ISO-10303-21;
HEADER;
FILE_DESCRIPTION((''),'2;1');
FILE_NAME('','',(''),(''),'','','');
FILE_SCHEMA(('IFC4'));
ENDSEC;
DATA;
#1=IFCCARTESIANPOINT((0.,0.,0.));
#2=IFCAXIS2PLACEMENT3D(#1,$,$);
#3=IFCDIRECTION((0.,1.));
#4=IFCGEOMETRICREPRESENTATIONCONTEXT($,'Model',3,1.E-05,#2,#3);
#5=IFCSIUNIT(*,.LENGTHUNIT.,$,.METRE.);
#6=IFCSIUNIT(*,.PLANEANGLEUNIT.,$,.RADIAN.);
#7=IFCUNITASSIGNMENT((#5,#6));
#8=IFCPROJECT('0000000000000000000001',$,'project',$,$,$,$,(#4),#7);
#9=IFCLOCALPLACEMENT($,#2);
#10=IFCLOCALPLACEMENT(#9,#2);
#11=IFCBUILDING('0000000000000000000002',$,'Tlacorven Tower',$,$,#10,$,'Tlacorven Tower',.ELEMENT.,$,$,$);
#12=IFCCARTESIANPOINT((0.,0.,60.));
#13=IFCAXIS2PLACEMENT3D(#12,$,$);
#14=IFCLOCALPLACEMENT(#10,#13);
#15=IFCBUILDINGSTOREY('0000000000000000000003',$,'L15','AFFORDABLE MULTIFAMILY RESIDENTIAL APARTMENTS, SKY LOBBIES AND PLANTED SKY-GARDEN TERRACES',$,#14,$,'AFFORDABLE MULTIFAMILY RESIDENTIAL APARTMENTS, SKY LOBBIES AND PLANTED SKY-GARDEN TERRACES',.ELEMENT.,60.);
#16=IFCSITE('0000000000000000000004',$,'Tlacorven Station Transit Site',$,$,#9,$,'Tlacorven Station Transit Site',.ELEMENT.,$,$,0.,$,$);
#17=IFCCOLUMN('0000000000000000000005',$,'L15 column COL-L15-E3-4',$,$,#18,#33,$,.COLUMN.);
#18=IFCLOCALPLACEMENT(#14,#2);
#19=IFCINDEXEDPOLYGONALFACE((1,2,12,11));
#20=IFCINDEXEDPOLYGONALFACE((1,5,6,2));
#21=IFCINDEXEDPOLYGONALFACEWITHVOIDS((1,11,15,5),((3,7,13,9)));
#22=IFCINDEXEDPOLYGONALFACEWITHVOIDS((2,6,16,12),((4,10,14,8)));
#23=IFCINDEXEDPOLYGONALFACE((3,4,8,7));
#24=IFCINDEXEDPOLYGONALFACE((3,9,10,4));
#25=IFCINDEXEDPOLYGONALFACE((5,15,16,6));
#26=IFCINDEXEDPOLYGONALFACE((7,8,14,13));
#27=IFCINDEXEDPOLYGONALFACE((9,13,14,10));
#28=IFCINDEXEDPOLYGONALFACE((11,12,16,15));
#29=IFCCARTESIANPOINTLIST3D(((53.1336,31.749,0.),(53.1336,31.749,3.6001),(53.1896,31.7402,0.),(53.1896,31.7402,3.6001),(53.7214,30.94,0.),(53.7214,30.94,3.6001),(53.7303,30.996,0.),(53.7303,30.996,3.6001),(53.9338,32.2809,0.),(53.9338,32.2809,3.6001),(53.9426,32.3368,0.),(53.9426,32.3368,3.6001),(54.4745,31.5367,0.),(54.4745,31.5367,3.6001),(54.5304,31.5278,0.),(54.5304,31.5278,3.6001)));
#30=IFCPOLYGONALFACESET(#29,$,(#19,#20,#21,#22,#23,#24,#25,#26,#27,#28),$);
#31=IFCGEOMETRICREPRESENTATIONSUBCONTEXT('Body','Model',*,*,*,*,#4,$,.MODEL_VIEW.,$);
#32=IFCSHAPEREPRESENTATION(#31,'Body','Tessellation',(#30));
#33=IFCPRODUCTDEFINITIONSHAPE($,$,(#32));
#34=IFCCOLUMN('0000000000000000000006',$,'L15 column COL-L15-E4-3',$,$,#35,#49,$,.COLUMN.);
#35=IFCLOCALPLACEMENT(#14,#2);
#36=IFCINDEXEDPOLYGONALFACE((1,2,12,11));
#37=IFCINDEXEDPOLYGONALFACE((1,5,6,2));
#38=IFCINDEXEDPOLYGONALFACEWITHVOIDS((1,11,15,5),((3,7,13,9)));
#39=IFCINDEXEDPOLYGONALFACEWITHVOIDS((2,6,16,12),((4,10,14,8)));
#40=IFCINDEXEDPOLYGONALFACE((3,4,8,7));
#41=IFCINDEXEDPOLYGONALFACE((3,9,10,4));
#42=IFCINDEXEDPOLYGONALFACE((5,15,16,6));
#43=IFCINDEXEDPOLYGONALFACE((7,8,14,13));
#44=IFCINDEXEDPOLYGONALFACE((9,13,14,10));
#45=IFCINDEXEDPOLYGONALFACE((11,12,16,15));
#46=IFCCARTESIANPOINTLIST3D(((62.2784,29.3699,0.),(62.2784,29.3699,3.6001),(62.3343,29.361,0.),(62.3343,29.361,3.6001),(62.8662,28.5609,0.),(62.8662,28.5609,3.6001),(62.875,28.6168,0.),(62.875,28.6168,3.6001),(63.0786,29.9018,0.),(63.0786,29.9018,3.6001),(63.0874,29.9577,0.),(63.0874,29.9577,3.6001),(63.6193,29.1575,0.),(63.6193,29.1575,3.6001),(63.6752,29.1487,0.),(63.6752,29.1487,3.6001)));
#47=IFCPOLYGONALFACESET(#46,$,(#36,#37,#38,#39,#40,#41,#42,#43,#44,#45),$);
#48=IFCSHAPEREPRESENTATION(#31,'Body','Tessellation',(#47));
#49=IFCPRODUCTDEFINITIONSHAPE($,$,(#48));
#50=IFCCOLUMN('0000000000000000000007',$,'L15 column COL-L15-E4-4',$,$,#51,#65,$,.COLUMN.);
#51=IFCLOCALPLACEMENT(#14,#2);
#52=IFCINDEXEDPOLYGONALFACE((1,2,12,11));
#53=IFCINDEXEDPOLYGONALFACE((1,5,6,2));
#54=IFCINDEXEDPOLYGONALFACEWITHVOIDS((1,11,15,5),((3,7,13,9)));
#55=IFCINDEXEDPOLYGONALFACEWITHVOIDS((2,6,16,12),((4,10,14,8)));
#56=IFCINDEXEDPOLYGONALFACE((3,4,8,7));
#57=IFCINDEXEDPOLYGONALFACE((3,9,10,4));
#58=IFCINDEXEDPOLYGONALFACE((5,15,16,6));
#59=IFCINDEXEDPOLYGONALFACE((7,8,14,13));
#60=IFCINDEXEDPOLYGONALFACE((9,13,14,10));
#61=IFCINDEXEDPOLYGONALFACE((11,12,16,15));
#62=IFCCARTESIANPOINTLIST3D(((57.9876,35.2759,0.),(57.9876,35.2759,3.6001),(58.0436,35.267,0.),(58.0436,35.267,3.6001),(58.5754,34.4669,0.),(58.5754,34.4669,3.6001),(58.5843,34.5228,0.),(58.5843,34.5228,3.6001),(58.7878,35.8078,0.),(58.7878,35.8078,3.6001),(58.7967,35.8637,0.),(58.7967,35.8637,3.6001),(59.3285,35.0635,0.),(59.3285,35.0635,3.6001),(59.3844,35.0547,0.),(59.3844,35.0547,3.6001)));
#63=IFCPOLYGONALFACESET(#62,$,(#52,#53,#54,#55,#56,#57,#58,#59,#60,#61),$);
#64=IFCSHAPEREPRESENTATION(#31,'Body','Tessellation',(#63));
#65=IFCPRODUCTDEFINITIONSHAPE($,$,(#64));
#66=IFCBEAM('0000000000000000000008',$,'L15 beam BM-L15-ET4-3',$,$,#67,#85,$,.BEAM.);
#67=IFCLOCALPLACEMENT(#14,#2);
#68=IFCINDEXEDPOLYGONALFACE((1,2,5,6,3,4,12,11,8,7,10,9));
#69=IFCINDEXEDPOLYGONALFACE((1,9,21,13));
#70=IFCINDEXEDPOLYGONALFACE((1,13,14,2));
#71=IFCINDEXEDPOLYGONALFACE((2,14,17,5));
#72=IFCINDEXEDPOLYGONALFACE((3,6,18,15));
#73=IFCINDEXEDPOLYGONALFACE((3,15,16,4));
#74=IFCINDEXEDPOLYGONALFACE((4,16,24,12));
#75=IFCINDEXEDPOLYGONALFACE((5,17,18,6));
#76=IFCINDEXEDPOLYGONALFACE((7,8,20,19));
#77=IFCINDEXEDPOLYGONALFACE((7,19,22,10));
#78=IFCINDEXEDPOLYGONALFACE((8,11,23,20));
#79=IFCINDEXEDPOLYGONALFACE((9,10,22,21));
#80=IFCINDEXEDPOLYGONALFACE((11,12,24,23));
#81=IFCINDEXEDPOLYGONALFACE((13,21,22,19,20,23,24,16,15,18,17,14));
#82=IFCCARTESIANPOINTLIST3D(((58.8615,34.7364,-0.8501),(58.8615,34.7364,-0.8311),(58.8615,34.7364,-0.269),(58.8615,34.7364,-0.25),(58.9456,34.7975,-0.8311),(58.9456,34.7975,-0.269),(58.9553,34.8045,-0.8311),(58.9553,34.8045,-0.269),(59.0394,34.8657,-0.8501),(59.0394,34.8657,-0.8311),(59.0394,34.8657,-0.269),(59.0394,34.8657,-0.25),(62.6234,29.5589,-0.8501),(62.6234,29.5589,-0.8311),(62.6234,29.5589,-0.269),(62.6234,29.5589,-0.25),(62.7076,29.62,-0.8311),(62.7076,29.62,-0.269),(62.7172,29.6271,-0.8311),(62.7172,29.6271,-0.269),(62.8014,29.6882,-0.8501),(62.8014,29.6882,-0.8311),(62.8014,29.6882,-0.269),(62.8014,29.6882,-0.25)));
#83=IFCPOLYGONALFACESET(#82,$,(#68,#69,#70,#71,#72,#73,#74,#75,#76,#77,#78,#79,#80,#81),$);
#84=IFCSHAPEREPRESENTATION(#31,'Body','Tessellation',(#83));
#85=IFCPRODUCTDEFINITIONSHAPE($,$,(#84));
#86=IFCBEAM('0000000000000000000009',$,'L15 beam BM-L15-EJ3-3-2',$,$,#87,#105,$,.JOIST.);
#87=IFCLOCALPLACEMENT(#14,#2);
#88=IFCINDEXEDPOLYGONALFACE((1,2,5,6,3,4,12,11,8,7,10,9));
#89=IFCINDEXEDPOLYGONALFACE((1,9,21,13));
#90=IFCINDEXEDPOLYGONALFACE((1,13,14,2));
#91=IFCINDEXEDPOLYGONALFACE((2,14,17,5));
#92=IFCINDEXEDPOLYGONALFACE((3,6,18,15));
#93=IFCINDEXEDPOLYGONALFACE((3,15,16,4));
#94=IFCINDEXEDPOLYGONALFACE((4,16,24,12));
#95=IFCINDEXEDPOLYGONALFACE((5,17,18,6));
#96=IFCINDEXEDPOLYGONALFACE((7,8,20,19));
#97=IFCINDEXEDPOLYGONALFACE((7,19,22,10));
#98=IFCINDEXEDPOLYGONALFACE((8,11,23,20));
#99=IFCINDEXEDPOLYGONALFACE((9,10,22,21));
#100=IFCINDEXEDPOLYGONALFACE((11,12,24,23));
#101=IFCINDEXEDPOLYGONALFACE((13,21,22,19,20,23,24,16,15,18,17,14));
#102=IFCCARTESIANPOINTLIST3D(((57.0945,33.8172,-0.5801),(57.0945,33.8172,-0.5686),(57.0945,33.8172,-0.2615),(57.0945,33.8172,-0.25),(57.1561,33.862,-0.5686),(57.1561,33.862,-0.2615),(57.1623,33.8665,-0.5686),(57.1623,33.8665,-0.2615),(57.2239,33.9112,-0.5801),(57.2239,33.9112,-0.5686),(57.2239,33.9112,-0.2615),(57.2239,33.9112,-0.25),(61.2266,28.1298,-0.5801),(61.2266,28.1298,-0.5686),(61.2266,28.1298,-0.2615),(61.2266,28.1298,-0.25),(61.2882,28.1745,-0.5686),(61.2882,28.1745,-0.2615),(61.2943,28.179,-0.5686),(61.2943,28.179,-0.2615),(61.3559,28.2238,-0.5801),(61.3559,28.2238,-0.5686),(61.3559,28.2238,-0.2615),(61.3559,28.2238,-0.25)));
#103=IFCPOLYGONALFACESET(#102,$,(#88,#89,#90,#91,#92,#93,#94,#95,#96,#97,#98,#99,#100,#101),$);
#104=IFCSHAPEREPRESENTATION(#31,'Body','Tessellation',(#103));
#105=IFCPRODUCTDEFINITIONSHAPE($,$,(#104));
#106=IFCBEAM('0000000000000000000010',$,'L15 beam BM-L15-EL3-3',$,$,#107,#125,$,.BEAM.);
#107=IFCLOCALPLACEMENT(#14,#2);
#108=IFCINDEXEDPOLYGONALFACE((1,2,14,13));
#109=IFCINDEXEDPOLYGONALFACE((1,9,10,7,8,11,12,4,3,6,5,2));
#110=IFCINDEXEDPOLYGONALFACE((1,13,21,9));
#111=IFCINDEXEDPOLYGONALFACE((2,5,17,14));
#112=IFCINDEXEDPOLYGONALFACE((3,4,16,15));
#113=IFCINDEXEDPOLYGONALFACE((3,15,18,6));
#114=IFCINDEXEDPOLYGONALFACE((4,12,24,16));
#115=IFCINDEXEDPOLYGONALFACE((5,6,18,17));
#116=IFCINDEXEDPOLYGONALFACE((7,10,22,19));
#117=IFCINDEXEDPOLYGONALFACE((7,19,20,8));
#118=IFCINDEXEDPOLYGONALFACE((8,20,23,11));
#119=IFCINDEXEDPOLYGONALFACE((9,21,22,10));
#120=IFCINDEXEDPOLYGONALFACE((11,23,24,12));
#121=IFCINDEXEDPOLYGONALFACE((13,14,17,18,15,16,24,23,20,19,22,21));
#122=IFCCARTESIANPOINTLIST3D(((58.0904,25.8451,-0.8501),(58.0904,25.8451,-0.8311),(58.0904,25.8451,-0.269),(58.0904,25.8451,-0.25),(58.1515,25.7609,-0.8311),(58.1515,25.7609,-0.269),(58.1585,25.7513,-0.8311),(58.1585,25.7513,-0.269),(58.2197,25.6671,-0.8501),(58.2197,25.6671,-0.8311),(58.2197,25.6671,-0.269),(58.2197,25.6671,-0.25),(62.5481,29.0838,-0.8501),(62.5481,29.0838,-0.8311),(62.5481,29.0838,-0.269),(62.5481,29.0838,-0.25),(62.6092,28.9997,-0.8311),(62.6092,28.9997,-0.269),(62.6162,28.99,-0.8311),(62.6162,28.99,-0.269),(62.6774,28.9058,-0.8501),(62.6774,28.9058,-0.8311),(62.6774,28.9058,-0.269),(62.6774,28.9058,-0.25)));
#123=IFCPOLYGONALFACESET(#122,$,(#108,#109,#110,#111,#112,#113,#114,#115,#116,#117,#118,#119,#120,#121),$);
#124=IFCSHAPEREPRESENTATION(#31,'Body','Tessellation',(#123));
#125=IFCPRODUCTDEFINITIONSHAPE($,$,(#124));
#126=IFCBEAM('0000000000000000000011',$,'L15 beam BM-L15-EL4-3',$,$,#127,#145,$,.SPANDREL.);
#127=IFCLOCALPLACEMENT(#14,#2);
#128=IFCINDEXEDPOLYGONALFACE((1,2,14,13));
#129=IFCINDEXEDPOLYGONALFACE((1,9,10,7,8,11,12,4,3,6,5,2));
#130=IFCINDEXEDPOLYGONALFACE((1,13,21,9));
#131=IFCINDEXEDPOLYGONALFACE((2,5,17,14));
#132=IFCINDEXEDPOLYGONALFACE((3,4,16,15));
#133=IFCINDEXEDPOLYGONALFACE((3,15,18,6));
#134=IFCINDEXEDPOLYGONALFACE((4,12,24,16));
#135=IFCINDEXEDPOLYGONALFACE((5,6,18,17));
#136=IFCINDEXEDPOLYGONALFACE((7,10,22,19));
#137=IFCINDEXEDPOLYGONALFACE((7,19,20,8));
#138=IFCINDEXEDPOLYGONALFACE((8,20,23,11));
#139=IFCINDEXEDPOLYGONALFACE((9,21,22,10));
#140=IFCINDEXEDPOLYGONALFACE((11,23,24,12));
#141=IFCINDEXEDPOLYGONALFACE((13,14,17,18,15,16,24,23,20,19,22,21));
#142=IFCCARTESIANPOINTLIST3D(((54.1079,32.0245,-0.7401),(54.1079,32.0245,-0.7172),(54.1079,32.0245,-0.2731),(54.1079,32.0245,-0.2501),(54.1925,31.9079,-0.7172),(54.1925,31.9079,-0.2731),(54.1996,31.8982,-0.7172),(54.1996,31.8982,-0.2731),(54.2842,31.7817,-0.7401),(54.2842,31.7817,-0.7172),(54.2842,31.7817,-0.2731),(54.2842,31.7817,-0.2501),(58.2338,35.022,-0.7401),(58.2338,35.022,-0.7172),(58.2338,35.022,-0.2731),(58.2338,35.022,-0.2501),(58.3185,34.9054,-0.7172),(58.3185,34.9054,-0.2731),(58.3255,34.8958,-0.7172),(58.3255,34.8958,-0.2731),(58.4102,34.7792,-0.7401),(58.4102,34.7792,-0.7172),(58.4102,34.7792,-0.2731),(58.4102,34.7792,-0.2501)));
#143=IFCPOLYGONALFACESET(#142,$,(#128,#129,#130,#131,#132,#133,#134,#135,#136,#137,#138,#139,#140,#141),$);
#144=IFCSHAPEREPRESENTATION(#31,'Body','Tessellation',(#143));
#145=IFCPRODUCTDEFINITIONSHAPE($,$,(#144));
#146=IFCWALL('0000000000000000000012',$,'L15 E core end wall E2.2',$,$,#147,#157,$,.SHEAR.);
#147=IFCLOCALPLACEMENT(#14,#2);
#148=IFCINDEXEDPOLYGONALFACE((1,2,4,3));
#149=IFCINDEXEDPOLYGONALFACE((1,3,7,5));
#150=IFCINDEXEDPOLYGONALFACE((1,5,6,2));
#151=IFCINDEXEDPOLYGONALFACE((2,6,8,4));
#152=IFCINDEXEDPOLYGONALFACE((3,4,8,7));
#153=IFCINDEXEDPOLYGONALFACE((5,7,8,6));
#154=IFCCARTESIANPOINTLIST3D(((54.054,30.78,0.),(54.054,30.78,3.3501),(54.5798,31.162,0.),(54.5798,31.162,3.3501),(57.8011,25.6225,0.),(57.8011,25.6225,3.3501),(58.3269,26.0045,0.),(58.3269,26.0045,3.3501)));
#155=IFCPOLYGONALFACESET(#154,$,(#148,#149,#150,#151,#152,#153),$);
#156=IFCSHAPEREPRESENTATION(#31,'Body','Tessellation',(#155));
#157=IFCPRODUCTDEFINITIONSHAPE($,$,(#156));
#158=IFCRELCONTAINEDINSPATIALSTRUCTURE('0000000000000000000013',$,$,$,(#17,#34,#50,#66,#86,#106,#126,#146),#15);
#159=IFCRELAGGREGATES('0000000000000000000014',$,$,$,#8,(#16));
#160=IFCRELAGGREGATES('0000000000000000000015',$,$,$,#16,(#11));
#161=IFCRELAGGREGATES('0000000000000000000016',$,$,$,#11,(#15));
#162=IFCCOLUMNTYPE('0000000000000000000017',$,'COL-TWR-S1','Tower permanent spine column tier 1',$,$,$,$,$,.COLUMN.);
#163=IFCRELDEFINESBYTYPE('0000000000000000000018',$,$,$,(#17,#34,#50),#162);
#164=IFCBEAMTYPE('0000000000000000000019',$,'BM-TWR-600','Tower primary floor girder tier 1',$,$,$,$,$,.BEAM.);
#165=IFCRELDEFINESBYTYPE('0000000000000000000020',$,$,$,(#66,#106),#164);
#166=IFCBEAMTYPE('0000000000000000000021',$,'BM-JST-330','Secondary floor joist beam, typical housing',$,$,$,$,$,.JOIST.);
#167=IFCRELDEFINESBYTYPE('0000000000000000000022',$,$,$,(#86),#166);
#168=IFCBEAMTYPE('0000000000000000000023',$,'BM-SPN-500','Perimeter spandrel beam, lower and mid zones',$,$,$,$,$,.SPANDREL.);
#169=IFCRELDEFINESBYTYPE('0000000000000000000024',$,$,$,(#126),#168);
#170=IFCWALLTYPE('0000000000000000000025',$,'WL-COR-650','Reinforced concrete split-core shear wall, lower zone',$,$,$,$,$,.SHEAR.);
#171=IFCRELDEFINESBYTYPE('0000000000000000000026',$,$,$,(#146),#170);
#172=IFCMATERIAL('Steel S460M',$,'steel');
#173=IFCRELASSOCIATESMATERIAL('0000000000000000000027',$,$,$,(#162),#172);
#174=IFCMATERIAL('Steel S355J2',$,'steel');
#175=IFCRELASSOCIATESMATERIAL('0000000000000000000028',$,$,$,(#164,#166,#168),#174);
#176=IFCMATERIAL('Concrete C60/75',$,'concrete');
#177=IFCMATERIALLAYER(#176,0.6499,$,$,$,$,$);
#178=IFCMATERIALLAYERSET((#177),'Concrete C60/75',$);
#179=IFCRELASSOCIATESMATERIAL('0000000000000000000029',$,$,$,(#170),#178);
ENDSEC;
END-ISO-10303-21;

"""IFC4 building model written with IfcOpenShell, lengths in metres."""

from ifc_helpers import new_model, si_unit, direction, frame, frame_2d, origin, origin_2d, place, context, subcontext, project, spatial, rectangle, hollow_rectangle, i_section, extrude, source, transform, mapped, material, layer, layer_set, material_profile, profile_set, type_object, element, save


model = new_model("IFC4")

# Units and contexts
model_context = context("Model", 3, precision=1e-05, world=origin(), true_north=direction((0.0, 1.0)))
body_context = subcontext(model_context, "Body", "Model", "MODEL_VIEW")
ifc_project = project(units=[si_unit("LENGTHUNIT", "METRE"), si_unit("PLANEANGLEUNIT", "RADIAN")], contexts=[model_context])

# Site, building, storey
site_placement = place(None, origin())
site = spatial("IfcSite", under=ifc_project, at=site_placement, Name="Tlacorven Station Transit Site", LongName="Tlacorven Station Transit Site", CompositionType="ELEMENT", RefElevation=0.0)
building_placement = place(site_placement, origin())
building = spatial("IfcBuilding", under=site, at=building_placement, Name="Tlacorven Tower", LongName="Tlacorven Tower", CompositionType="ELEMENT")
storey_placement = place(building_placement, frame((0.0, 0.0, 60.0)))
storey = spatial("IfcBuildingStorey", under=building, at=storey_placement, Name="L15", Description="AFFORDABLE MULTIFAMILY RESIDENTIAL APARTMENTS, SKY LOBBIES AND PLANTED SKY-GARDEN TERRACES", LongName="AFFORDABLE MULTIFAMILY RESIDENTIAL APARTMENTS, SKY LOBBIES AND PLANTED SKY-GARDEN TERRACES", CompositionType="ELEMENT", Elevation=60.0)

# Columns
ifc_material_1 = material(Name="Steel S460M", Category="steel")
ifc_material_profile_1 = material_profile(ifc_material_1, hollow_rectangle(XDim=1.0, YDim=1.0, WallThickness=0.04, at=origin_2d()), Name="BOX 1000X1000X40")
ifc_profile_set_1 = profile_set([ifc_material_profile_1], Name="Steel S460M")
column_type = type_object("IfcColumnType", Name="COL-TWR-S1", Description="Tower permanent spine column tier 1", PredefinedType="COLUMN", material=ifc_profile_set_1)
shared_shape_1 = source(origin(), body_context, "Body", "SweptSolid", [
    extrude(hollow_rectangle(XDim=1.0, YDim=1.0, WallThickness=0.04, at=origin_2d()), origin(), (0.0, 0.0, 1.0), 3.6001),
])
for number, where, z_axis, x_axis, name in (
    (1, (53.832, 31.6384, 0.0), (0.0, 0.0, 1.0), (0.809017, 0.587785, 0.0), "L15 column COL-L15-E3-4"),
    (2, (62.9768, 29.2593, 0.0), (0.0, 0.0, 1.0), (0.809017, 0.587785, 0.0), "L15 column COL-L15-E4-3"),
    (3, (58.686, 35.1653, 0.0), (0.0, 0.0, 1.0), (0.809017, 0.587785, 0.0), "L15 column COL-L15-E4-4"),
):
    element("IfcColumn", number, at=place(storey_placement, frame(where, z_axis=z_axis, x_axis=x_axis)), inside=storey, type_object=column_type, Name=name, PredefinedType="COLUMN", context=body_context, shape_type="MappedRepresentation", body=[
        mapped(shared_shape_1, transform((0.0, 0.0, 0.0), scale=1.0)),
    ])

# Beams
ifc_material_2 = material(Name="Steel S355J2", Category="steel")
ifc_material_profile_2 = material_profile(ifc_material_2, i_section(OverallWidth=0.22, OverallDepth=0.6001, WebThickness=0.012, FlangeThickness=0.019, at=origin_2d()), Name="IPE 600")
ifc_profile_set_2 = profile_set([ifc_material_profile_2], Name="Steel S355J2")
beam_type_1 = type_object("IfcBeamType", Name="BM-TWR-600", Description="Tower primary floor girder tier 1", PredefinedType="BEAM", material=ifc_profile_set_2)
shared_shape_2 = source(origin(), body_context, "Body", "SweptSolid", [
    extrude(i_section(OverallWidth=0.22, OverallDepth=0.6001, WebThickness=0.012, FlangeThickness=0.019, at=origin_2d()), origin(), (0.0, 0.0, 1.0), 6.3999),
])
beam_1_placement = place(storey_placement, frame((62.7124, 29.6235, -0.55), z_axis=(-0.587816, 0.808995, 0.0), x_axis=(-0.808995, -0.587816, 0.0)))
element("IfcBeam", 4, at=beam_1_placement, inside=storey, type_object=beam_type_1, Name="L15 beam BM-L15-ET4-3", PredefinedType="BEAM", context=body_context, shape_type="MappedRepresentation", body=[
    mapped(shared_shape_2, transform((0.0, 0.0, 0.0), scale=1.0)),
])
ifc_material_profile_3 = material_profile(ifc_material_2, i_section(OverallWidth=0.1599, OverallDepth=0.3301, WebThickness=0.0076, FlangeThickness=0.0115, at=origin_2d()), Name="IPE 330")
ifc_profile_set_3 = profile_set([ifc_material_profile_3], Name="Steel S355J2")
beam_type_2 = type_object("IfcBeamType", Name="BM-JST-330", Description="Secondary floor joist beam, typical housing", PredefinedType="JOIST", material=ifc_profile_set_3)
shared_shape_3 = source(origin(), body_context, "Body", "SweptSolid", [
    extrude(i_section(OverallWidth=0.1599, OverallDepth=0.3301, WebThickness=0.0076, FlangeThickness=0.0115, at=origin_2d()), origin(), (0.0, 0.0, 1.0), 7.03),
])
beam_2_placement = place(storey_placement, frame((61.2913, 28.1768, -0.415), z_axis=(-0.587773, 0.809026, 0.0), x_axis=(-0.809026, -0.587773, 0.0)))
element("IfcBeam", 5, at=beam_2_placement, inside=storey, type_object=beam_type_2, Name="L15 beam BM-L15-EJ3-3-2", PredefinedType="JOIST", context=body_context, shape_type="MappedRepresentation", body=[
    mapped(shared_shape_3, transform((0.0, 0.0, 0.0), scale=1.0)),
])
shared_shape_4 = source(origin(), body_context, "Body", "SweptSolid", [
    extrude(i_section(OverallWidth=0.22, OverallDepth=0.6001, WebThickness=0.012, FlangeThickness=0.019, at=origin_2d()), origin(), (0.0, 0.0, 1.0), 5.51),
])
beam_3_placement = place(storey_placement, frame((58.155, 25.7561, -0.55), z_axis=(0.809016, 0.587787, 0.0), x_axis=(-0.587787, 0.809016, 0.0)))
element("IfcBeam", 6, at=beam_3_placement, inside=storey, type_object=beam_type_1, Name="L15 beam BM-L15-EL3-3", PredefinedType="BEAM", context=body_context, shape_type="MappedRepresentation", body=[
    mapped(shared_shape_4, transform((0.0, 0.0, 0.0), scale=1.0)),
])
ifc_material_profile_4 = material_profile(ifc_material_2, i_section(OverallWidth=0.3, OverallDepth=0.49, WebThickness=0.012, FlangeThickness=0.0229, at=origin_2d()), Name="HEA 500")
ifc_profile_set_4 = profile_set([ifc_material_profile_4], Name="Steel S355J2")
beam_type_3 = type_object("IfcBeamType", Name="BM-SPN-500", Description="Perimeter spandrel beam, lower and mid zones", PredefinedType="SPANDREL", material=ifc_profile_set_4)
shared_shape_5 = source(origin(), body_context, "Body", "SweptSolid", [
    extrude(i_section(OverallWidth=0.3, OverallDepth=0.49, WebThickness=0.012, FlangeThickness=0.0229, at=origin_2d()), origin(), (0.0, 0.0, 1.0), 5.0999),
])
beam_4_placement = place(storey_placement, frame((54.196, 31.9031, -0.4951), z_axis=(0.80903, 0.587767, 0.0), x_axis=(-0.587767, 0.80903, 0.0)))
element("IfcBeam", 7, at=beam_4_placement, inside=storey, type_object=beam_type_3, Name="L15 beam BM-L15-EL4-3", PredefinedType="SPANDREL", context=body_context, shape_type="MappedRepresentation", body=[
    mapped(shared_shape_5, transform((0.0, 0.0, 0.0), scale=1.0)),
])

# Wall
ifc_material_3 = material(Name="Concrete C60/75", Category="concrete")
ifc_layer_1 = layer(ifc_material_3, 0.6499)
ifc_layer_set_1 = layer_set([ifc_layer_1], Name="Concrete C60/75")
wall_type_1 = type_object("IfcWallType", Name="WL-COR-650", Description="Reinforced concrete split-core shear wall, lower zone", PredefinedType="SHEAR", material=ifc_layer_set_1)
wall_1_placement = place(storey_placement, frame((58.064, 25.8135, 0.0), z_axis=(0.0, 0.0, 1.0), x_axis=(-0.58778, 0.809021, 0.0)))
element("IfcWall", 8, at=wall_1_placement, inside=storey, type_object=wall_type_1, Name="L15 E core end wall E2.2", PredefinedType="SHEAR", context=body_context, shape_type="SweptSolid", body=[
    extrude(rectangle(XDim=6.375, YDim=0.6499, at=frame_2d((3.1875, 0.0))), origin(), (0.0, 0.0, 1.0), 3.3501),
])

save(model, "model.ifc")
